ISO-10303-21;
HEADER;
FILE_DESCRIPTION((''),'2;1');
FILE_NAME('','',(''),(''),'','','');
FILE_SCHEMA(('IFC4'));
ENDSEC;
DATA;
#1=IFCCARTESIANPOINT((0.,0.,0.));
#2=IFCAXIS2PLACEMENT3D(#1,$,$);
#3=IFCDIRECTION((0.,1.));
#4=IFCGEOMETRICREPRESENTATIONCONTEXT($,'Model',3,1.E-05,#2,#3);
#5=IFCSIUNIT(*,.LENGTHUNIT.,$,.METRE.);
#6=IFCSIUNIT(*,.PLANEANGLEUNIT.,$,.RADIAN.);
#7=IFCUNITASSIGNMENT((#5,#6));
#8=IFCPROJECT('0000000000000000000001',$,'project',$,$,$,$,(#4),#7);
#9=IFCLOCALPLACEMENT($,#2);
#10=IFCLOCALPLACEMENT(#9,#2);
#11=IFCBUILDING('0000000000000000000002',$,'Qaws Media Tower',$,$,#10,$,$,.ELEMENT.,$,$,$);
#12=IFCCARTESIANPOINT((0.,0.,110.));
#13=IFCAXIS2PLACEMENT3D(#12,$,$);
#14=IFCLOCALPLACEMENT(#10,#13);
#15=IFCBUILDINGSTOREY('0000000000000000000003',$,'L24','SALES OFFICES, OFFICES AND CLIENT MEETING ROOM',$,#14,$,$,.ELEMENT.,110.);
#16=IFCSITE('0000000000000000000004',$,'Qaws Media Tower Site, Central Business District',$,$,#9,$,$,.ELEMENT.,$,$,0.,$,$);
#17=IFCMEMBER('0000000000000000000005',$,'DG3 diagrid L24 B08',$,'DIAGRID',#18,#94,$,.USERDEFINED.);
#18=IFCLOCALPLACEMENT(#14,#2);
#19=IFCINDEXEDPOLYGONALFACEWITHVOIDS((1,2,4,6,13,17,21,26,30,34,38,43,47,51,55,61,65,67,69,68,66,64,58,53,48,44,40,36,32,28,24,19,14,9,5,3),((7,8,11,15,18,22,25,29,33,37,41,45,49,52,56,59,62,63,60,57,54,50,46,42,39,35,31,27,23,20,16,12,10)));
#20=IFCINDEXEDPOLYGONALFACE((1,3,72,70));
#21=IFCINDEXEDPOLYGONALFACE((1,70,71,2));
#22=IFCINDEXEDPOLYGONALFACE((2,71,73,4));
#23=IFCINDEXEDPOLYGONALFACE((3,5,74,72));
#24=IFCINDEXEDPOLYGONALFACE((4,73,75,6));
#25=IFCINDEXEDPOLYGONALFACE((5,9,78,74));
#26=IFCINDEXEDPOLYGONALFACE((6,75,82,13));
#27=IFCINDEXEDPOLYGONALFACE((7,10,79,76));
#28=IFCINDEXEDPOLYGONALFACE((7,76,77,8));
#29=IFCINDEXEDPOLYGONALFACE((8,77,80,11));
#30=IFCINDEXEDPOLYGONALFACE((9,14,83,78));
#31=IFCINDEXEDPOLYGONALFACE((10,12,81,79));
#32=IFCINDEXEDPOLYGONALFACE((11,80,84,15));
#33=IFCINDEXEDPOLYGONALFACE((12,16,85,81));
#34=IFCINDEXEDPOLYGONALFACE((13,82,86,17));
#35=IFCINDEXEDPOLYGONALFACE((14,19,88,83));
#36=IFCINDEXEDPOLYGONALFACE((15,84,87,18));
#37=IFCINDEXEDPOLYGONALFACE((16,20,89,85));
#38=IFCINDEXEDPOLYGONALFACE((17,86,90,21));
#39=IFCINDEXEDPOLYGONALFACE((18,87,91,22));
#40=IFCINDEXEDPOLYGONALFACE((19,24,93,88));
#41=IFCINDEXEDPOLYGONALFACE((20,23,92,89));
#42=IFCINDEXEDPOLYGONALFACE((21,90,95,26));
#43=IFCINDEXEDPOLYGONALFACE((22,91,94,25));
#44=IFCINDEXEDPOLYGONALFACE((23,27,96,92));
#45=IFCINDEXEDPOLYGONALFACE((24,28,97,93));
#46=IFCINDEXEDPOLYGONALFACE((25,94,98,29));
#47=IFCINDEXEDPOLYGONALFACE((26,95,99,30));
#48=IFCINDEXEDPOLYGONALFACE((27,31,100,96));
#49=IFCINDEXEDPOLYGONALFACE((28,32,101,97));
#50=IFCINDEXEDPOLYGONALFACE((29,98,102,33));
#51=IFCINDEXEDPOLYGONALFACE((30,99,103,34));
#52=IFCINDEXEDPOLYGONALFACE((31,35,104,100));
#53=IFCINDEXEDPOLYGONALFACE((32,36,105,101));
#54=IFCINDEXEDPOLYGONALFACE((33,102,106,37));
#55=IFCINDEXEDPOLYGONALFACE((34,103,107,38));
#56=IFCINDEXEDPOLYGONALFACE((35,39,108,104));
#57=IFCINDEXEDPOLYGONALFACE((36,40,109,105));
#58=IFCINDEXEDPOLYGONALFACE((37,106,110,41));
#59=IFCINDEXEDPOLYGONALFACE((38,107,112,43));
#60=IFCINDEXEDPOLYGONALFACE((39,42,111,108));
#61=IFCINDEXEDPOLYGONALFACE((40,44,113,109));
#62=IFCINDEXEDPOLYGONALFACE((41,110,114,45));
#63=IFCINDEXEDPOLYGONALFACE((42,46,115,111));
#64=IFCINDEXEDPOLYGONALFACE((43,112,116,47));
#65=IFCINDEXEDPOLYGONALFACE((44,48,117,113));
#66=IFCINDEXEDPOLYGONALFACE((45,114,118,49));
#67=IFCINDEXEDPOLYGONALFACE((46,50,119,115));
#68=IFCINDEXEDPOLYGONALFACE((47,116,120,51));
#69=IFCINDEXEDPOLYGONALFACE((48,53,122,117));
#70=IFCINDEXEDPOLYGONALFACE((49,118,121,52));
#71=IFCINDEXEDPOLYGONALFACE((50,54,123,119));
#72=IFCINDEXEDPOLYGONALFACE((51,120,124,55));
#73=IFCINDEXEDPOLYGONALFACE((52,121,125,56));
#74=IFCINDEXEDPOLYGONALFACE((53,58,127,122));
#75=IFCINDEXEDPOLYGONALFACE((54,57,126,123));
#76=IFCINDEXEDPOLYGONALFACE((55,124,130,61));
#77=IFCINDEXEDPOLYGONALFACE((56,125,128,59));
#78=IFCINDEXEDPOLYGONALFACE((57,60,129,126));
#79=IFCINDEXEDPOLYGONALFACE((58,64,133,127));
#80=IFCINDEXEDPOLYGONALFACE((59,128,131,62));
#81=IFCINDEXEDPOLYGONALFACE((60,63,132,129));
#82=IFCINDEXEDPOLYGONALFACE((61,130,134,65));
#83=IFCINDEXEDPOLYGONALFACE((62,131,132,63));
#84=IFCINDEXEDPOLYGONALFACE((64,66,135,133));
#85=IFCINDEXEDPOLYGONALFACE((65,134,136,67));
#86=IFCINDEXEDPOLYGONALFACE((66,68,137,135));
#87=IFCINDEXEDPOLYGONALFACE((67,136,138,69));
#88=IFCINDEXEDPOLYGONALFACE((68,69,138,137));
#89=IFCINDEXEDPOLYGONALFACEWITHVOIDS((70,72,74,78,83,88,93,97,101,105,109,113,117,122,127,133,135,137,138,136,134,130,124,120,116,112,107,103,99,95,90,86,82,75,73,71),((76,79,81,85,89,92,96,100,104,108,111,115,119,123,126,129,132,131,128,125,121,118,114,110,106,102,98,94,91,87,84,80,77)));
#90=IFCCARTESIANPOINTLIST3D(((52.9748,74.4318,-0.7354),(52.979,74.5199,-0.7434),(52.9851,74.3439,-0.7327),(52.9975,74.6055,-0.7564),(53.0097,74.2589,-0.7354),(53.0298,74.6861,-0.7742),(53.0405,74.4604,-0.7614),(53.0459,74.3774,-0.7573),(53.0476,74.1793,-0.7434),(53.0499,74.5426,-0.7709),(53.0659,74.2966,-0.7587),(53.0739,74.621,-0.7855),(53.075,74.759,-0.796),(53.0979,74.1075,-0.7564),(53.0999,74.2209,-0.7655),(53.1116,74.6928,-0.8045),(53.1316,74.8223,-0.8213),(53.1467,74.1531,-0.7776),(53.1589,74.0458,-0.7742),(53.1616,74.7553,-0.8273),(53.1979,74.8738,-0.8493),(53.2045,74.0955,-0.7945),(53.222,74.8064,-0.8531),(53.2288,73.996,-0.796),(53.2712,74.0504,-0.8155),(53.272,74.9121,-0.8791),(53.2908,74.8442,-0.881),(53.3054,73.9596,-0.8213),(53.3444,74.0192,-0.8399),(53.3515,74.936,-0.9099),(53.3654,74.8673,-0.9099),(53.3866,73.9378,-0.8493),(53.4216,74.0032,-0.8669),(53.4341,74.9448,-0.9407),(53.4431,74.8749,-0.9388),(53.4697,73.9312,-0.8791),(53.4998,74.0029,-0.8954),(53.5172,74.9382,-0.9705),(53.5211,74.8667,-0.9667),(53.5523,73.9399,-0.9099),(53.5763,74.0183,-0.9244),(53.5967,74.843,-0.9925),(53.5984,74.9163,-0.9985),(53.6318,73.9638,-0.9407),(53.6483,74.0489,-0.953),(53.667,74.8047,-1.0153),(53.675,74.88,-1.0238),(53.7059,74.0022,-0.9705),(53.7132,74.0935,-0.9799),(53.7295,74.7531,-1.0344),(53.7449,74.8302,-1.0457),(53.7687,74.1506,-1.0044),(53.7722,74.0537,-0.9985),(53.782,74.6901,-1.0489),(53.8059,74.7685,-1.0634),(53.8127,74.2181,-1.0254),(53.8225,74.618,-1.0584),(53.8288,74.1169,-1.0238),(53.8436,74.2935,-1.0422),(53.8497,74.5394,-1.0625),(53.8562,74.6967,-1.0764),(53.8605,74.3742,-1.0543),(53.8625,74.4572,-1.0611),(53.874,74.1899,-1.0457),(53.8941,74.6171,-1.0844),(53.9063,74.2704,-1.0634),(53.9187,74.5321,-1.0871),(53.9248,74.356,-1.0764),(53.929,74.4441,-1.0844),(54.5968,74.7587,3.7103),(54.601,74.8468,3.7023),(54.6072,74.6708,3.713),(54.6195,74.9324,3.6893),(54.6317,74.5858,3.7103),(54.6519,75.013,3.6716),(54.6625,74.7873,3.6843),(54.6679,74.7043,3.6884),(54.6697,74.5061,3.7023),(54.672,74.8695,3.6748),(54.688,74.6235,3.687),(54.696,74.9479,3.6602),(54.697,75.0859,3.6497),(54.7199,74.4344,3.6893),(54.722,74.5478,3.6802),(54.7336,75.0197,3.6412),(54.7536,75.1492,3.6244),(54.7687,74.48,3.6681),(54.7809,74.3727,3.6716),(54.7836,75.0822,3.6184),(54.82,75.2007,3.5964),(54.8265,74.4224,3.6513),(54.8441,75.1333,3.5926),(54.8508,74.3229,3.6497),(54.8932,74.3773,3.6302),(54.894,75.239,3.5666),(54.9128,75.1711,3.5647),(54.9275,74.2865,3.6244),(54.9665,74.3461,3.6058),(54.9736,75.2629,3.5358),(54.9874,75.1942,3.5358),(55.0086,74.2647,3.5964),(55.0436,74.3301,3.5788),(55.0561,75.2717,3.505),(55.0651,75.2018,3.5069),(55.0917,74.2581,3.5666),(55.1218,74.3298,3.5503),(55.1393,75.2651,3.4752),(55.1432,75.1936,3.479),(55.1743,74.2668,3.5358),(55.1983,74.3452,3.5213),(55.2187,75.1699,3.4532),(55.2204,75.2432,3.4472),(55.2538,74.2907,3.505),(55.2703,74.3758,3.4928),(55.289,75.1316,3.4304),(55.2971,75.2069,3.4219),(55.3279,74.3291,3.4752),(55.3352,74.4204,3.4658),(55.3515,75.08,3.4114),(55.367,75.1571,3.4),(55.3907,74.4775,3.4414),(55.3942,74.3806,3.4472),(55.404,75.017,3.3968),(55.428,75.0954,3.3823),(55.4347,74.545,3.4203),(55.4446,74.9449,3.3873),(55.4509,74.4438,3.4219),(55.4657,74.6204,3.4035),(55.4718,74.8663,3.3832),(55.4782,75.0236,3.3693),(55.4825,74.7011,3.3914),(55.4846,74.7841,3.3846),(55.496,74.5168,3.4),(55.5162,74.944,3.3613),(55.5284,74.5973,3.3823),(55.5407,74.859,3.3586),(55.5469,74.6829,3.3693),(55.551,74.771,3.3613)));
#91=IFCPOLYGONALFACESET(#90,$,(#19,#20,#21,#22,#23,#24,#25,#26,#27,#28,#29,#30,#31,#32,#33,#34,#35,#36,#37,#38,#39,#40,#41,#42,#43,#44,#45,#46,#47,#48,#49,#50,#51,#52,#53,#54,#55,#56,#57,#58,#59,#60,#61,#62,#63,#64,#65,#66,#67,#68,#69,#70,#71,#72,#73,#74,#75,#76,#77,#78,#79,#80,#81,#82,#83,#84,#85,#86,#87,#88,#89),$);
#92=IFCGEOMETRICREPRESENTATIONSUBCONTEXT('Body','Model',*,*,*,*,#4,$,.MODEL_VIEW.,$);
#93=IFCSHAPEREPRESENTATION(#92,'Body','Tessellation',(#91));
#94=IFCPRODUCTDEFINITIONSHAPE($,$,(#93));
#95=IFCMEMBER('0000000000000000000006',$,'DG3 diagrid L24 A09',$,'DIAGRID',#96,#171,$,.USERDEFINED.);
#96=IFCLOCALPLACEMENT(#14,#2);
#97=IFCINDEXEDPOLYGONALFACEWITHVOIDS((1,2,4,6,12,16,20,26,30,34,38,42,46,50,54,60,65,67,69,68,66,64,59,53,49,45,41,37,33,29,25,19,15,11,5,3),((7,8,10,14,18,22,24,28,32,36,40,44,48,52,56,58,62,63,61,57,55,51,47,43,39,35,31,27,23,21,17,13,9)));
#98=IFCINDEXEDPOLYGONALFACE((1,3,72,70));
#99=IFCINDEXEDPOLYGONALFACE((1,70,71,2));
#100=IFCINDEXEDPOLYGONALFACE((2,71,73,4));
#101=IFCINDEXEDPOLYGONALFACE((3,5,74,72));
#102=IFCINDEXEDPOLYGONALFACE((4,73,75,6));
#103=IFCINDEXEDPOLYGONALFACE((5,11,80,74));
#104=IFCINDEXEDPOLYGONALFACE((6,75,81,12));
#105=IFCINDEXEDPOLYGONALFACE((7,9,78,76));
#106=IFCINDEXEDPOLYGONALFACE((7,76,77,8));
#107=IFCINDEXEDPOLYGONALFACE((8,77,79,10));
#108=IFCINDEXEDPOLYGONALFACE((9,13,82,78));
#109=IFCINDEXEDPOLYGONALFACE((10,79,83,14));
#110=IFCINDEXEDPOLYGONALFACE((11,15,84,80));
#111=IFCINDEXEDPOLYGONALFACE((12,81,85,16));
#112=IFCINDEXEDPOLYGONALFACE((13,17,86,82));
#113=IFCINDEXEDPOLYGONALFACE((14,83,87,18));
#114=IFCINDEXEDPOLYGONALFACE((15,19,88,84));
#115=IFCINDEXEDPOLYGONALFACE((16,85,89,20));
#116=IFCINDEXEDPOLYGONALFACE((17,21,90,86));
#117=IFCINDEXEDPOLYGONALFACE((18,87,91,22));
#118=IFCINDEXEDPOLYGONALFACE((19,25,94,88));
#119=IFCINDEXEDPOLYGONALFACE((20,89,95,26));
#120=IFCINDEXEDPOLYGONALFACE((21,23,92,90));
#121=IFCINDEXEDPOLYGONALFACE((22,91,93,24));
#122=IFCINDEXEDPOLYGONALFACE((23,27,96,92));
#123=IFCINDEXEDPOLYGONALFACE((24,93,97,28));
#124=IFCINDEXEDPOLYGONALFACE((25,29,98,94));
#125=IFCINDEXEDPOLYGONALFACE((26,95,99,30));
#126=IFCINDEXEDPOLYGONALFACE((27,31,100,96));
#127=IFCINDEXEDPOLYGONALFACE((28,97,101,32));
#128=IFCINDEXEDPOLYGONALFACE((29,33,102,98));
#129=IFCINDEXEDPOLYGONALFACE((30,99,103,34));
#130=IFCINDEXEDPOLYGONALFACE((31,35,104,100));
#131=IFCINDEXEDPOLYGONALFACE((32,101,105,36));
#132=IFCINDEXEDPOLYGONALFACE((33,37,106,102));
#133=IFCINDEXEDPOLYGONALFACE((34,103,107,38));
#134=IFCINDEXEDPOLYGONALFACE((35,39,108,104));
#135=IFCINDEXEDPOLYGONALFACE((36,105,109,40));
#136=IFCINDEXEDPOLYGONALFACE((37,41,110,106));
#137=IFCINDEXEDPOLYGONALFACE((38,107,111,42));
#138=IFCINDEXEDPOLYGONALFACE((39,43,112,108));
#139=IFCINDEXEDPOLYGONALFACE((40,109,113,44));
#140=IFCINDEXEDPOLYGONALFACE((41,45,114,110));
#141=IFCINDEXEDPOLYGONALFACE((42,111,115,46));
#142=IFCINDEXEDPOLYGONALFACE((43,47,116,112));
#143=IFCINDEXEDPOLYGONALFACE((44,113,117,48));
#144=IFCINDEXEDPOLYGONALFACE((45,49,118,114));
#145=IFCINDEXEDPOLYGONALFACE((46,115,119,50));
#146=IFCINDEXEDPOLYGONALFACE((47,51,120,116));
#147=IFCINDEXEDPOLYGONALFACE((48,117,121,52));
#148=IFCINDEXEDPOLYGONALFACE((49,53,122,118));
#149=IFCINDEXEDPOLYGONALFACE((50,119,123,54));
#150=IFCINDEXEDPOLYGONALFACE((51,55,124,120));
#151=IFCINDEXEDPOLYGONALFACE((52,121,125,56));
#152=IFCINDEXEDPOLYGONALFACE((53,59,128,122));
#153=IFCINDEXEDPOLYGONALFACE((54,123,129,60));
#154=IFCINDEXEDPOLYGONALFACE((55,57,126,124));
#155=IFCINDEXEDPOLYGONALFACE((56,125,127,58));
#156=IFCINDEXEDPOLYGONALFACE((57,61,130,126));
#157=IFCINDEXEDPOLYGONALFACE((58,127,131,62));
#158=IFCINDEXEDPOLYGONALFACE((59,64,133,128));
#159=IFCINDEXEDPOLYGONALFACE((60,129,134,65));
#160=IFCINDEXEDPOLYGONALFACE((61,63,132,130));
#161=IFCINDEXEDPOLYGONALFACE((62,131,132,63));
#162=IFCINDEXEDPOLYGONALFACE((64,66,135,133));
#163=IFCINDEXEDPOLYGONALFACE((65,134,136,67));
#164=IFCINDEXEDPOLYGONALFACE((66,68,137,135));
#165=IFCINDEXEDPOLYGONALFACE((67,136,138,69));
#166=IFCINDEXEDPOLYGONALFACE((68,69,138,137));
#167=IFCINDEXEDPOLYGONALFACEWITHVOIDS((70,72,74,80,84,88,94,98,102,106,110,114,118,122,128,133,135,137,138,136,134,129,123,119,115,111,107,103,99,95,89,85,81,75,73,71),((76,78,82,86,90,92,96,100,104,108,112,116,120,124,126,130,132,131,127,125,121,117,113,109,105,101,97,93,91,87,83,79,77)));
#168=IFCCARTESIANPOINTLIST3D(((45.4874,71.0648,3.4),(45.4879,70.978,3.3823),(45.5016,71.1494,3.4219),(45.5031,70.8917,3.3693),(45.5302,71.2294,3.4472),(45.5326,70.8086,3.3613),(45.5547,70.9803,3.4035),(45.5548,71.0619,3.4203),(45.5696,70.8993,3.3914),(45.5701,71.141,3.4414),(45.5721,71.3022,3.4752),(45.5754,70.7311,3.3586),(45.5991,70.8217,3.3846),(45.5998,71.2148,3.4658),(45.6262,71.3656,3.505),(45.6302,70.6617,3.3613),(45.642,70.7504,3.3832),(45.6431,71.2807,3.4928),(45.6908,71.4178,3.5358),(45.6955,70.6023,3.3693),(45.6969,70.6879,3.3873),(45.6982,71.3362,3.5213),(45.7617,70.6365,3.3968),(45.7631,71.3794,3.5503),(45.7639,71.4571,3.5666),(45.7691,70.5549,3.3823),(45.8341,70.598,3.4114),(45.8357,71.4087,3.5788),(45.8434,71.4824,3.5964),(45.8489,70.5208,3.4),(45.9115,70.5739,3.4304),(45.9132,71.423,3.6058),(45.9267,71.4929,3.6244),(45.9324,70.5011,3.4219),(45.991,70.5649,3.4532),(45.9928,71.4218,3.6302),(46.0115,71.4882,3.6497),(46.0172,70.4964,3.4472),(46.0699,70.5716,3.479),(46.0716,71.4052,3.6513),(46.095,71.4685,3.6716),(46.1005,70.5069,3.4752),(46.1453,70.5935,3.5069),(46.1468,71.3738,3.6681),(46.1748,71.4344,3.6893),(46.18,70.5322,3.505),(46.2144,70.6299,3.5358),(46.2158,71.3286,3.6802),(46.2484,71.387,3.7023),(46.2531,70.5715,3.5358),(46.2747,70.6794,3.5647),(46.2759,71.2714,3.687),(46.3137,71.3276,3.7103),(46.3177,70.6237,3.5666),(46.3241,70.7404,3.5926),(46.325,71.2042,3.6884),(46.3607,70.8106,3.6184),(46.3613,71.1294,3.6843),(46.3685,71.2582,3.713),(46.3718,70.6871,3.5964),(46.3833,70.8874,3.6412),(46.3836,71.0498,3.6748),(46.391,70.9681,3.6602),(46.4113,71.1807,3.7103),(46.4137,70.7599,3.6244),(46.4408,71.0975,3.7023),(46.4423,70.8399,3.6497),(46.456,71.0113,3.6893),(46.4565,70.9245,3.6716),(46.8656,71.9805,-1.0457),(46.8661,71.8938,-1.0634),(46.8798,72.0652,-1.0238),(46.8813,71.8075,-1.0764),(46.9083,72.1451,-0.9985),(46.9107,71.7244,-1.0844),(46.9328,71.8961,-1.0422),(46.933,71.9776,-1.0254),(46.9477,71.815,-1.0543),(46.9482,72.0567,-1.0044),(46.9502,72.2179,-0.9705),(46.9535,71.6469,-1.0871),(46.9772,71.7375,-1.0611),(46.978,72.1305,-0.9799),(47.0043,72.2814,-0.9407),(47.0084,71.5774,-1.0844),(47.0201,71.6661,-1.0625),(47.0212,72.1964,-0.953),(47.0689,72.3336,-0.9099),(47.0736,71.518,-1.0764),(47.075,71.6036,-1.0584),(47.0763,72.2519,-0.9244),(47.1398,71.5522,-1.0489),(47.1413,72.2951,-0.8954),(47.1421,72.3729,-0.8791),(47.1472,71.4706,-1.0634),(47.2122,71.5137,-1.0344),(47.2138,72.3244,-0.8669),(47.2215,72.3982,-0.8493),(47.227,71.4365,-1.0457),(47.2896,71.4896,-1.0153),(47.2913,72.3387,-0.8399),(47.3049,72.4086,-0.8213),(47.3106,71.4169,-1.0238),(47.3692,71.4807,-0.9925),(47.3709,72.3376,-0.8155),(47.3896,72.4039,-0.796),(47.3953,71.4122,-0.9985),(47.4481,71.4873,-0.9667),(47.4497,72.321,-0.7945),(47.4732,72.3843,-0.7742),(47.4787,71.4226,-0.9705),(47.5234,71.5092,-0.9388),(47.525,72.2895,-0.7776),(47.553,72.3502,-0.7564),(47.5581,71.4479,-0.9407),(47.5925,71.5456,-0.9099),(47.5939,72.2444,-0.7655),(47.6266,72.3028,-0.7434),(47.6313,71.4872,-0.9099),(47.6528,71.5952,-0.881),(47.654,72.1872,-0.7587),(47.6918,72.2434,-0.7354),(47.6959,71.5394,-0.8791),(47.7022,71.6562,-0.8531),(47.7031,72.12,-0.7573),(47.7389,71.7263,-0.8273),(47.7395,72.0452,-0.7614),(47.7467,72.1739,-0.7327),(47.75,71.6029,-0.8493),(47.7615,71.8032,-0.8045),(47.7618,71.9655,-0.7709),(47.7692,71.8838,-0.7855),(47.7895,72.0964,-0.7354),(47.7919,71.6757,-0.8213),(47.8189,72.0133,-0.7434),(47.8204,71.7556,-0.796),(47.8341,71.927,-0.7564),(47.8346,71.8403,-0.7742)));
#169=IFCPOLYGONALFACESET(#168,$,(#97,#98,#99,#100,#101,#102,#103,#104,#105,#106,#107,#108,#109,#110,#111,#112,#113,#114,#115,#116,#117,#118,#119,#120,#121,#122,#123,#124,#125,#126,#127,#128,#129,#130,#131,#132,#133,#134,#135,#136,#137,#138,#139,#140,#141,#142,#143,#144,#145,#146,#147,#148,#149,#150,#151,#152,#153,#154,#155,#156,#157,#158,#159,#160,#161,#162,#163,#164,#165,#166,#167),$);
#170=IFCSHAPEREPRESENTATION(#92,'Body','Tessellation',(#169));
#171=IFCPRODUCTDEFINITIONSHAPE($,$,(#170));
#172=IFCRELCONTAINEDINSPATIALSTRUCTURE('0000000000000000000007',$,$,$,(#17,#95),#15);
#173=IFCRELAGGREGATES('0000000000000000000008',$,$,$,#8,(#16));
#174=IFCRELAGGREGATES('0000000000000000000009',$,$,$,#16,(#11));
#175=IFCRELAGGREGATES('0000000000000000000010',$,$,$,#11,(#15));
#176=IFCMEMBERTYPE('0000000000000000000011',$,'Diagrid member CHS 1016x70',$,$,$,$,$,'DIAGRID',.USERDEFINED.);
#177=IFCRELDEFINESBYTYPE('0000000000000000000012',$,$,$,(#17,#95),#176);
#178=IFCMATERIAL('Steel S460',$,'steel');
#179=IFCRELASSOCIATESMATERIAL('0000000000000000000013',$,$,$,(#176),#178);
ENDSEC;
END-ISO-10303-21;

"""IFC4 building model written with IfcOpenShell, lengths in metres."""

from ifc_helpers import new_model, si_unit, direction, frame, origin, origin_2d, place, context, subcontext, project, spatial, hollow_circle, extrude, material, material_profile, profile_set, type_object, element, save


model = new_model("IFC4")

# Units and contexts
model_context = context("Model", 3, precision=1e-05, world=origin(), true_north=direction((0.0, 1.0)))
body_context = subcontext(model_context, "Body", "Model", "MODEL_VIEW")
ifc_project = project(units=[si_unit("LENGTHUNIT", "METRE"), si_unit("PLANEANGLEUNIT", "RADIAN")], contexts=[model_context])

# Site, building, storey
site_placement = place(None, origin())
site = spatial("IfcSite", under=ifc_project, at=site_placement, Name="Qaws Media Tower Site, Central Business District", CompositionType="ELEMENT", RefElevation=0.0)
building_placement = place(site_placement, origin())
building = spatial("IfcBuilding", under=site, at=building_placement, Name="Qaws Media Tower", CompositionType="ELEMENT")
storey_placement = place(building_placement, frame((0.0, 0.0, 110.0)))
storey = spatial("IfcBuildingStorey", under=building, at=storey_placement, Name="L24", Description="SALES OFFICES, OFFICES AND CLIENT MEETING ROOM", CompositionType="ELEMENT", Elevation=110.0)

# Members
ifc_material_1 = material(Name="Steel S460", Category="steel")
ifc_material_profile_1 = material_profile(ifc_material_1, hollow_circle(Radius=0.5081, WallThickness=0.0701, at=origin_2d()), Name="CHS 1016x70")
ifc_profile_set_1 = profile_set([ifc_material_profile_1], Name="Steel S460")
member_type_1 = type_object("IfcMemberType", Name="Diagrid member CHS 1016x70", ElementType="DIAGRID", PredefinedType="USERDEFINED", material=ifc_profile_set_1)
for number, where, z_axis, x_axis, name in (
    (1, (53.4519, 74.438, -0.9099), (0.341939, 0.068913, 0.937192), (-0.197563, 0.98029, 0.0), "DG3 diagrid L24 B08"),
    (2, (47.3501, 71.9104, -0.9099), (-0.290524, -0.193048, 0.937192), (0.55344, -0.832889, 0.0), "DG3 diagrid L24 A09"),
):
    element("IfcMember", number, at=place(storey_placement, frame(where, z_axis=z_axis, x_axis=x_axis)), inside=storey, type_object=member_type_1, Name=name, ObjectType="DIAGRID", PredefinedType="USERDEFINED", context=body_context, shape_type="SweptSolid", body=[
        extrude(hollow_circle(Radius=0.5081, WallThickness=0.0701, at=origin_2d()), origin(), (0.0, 0.0, 1.0), 4.7437),
    ])

save(model, "model.ifc")
